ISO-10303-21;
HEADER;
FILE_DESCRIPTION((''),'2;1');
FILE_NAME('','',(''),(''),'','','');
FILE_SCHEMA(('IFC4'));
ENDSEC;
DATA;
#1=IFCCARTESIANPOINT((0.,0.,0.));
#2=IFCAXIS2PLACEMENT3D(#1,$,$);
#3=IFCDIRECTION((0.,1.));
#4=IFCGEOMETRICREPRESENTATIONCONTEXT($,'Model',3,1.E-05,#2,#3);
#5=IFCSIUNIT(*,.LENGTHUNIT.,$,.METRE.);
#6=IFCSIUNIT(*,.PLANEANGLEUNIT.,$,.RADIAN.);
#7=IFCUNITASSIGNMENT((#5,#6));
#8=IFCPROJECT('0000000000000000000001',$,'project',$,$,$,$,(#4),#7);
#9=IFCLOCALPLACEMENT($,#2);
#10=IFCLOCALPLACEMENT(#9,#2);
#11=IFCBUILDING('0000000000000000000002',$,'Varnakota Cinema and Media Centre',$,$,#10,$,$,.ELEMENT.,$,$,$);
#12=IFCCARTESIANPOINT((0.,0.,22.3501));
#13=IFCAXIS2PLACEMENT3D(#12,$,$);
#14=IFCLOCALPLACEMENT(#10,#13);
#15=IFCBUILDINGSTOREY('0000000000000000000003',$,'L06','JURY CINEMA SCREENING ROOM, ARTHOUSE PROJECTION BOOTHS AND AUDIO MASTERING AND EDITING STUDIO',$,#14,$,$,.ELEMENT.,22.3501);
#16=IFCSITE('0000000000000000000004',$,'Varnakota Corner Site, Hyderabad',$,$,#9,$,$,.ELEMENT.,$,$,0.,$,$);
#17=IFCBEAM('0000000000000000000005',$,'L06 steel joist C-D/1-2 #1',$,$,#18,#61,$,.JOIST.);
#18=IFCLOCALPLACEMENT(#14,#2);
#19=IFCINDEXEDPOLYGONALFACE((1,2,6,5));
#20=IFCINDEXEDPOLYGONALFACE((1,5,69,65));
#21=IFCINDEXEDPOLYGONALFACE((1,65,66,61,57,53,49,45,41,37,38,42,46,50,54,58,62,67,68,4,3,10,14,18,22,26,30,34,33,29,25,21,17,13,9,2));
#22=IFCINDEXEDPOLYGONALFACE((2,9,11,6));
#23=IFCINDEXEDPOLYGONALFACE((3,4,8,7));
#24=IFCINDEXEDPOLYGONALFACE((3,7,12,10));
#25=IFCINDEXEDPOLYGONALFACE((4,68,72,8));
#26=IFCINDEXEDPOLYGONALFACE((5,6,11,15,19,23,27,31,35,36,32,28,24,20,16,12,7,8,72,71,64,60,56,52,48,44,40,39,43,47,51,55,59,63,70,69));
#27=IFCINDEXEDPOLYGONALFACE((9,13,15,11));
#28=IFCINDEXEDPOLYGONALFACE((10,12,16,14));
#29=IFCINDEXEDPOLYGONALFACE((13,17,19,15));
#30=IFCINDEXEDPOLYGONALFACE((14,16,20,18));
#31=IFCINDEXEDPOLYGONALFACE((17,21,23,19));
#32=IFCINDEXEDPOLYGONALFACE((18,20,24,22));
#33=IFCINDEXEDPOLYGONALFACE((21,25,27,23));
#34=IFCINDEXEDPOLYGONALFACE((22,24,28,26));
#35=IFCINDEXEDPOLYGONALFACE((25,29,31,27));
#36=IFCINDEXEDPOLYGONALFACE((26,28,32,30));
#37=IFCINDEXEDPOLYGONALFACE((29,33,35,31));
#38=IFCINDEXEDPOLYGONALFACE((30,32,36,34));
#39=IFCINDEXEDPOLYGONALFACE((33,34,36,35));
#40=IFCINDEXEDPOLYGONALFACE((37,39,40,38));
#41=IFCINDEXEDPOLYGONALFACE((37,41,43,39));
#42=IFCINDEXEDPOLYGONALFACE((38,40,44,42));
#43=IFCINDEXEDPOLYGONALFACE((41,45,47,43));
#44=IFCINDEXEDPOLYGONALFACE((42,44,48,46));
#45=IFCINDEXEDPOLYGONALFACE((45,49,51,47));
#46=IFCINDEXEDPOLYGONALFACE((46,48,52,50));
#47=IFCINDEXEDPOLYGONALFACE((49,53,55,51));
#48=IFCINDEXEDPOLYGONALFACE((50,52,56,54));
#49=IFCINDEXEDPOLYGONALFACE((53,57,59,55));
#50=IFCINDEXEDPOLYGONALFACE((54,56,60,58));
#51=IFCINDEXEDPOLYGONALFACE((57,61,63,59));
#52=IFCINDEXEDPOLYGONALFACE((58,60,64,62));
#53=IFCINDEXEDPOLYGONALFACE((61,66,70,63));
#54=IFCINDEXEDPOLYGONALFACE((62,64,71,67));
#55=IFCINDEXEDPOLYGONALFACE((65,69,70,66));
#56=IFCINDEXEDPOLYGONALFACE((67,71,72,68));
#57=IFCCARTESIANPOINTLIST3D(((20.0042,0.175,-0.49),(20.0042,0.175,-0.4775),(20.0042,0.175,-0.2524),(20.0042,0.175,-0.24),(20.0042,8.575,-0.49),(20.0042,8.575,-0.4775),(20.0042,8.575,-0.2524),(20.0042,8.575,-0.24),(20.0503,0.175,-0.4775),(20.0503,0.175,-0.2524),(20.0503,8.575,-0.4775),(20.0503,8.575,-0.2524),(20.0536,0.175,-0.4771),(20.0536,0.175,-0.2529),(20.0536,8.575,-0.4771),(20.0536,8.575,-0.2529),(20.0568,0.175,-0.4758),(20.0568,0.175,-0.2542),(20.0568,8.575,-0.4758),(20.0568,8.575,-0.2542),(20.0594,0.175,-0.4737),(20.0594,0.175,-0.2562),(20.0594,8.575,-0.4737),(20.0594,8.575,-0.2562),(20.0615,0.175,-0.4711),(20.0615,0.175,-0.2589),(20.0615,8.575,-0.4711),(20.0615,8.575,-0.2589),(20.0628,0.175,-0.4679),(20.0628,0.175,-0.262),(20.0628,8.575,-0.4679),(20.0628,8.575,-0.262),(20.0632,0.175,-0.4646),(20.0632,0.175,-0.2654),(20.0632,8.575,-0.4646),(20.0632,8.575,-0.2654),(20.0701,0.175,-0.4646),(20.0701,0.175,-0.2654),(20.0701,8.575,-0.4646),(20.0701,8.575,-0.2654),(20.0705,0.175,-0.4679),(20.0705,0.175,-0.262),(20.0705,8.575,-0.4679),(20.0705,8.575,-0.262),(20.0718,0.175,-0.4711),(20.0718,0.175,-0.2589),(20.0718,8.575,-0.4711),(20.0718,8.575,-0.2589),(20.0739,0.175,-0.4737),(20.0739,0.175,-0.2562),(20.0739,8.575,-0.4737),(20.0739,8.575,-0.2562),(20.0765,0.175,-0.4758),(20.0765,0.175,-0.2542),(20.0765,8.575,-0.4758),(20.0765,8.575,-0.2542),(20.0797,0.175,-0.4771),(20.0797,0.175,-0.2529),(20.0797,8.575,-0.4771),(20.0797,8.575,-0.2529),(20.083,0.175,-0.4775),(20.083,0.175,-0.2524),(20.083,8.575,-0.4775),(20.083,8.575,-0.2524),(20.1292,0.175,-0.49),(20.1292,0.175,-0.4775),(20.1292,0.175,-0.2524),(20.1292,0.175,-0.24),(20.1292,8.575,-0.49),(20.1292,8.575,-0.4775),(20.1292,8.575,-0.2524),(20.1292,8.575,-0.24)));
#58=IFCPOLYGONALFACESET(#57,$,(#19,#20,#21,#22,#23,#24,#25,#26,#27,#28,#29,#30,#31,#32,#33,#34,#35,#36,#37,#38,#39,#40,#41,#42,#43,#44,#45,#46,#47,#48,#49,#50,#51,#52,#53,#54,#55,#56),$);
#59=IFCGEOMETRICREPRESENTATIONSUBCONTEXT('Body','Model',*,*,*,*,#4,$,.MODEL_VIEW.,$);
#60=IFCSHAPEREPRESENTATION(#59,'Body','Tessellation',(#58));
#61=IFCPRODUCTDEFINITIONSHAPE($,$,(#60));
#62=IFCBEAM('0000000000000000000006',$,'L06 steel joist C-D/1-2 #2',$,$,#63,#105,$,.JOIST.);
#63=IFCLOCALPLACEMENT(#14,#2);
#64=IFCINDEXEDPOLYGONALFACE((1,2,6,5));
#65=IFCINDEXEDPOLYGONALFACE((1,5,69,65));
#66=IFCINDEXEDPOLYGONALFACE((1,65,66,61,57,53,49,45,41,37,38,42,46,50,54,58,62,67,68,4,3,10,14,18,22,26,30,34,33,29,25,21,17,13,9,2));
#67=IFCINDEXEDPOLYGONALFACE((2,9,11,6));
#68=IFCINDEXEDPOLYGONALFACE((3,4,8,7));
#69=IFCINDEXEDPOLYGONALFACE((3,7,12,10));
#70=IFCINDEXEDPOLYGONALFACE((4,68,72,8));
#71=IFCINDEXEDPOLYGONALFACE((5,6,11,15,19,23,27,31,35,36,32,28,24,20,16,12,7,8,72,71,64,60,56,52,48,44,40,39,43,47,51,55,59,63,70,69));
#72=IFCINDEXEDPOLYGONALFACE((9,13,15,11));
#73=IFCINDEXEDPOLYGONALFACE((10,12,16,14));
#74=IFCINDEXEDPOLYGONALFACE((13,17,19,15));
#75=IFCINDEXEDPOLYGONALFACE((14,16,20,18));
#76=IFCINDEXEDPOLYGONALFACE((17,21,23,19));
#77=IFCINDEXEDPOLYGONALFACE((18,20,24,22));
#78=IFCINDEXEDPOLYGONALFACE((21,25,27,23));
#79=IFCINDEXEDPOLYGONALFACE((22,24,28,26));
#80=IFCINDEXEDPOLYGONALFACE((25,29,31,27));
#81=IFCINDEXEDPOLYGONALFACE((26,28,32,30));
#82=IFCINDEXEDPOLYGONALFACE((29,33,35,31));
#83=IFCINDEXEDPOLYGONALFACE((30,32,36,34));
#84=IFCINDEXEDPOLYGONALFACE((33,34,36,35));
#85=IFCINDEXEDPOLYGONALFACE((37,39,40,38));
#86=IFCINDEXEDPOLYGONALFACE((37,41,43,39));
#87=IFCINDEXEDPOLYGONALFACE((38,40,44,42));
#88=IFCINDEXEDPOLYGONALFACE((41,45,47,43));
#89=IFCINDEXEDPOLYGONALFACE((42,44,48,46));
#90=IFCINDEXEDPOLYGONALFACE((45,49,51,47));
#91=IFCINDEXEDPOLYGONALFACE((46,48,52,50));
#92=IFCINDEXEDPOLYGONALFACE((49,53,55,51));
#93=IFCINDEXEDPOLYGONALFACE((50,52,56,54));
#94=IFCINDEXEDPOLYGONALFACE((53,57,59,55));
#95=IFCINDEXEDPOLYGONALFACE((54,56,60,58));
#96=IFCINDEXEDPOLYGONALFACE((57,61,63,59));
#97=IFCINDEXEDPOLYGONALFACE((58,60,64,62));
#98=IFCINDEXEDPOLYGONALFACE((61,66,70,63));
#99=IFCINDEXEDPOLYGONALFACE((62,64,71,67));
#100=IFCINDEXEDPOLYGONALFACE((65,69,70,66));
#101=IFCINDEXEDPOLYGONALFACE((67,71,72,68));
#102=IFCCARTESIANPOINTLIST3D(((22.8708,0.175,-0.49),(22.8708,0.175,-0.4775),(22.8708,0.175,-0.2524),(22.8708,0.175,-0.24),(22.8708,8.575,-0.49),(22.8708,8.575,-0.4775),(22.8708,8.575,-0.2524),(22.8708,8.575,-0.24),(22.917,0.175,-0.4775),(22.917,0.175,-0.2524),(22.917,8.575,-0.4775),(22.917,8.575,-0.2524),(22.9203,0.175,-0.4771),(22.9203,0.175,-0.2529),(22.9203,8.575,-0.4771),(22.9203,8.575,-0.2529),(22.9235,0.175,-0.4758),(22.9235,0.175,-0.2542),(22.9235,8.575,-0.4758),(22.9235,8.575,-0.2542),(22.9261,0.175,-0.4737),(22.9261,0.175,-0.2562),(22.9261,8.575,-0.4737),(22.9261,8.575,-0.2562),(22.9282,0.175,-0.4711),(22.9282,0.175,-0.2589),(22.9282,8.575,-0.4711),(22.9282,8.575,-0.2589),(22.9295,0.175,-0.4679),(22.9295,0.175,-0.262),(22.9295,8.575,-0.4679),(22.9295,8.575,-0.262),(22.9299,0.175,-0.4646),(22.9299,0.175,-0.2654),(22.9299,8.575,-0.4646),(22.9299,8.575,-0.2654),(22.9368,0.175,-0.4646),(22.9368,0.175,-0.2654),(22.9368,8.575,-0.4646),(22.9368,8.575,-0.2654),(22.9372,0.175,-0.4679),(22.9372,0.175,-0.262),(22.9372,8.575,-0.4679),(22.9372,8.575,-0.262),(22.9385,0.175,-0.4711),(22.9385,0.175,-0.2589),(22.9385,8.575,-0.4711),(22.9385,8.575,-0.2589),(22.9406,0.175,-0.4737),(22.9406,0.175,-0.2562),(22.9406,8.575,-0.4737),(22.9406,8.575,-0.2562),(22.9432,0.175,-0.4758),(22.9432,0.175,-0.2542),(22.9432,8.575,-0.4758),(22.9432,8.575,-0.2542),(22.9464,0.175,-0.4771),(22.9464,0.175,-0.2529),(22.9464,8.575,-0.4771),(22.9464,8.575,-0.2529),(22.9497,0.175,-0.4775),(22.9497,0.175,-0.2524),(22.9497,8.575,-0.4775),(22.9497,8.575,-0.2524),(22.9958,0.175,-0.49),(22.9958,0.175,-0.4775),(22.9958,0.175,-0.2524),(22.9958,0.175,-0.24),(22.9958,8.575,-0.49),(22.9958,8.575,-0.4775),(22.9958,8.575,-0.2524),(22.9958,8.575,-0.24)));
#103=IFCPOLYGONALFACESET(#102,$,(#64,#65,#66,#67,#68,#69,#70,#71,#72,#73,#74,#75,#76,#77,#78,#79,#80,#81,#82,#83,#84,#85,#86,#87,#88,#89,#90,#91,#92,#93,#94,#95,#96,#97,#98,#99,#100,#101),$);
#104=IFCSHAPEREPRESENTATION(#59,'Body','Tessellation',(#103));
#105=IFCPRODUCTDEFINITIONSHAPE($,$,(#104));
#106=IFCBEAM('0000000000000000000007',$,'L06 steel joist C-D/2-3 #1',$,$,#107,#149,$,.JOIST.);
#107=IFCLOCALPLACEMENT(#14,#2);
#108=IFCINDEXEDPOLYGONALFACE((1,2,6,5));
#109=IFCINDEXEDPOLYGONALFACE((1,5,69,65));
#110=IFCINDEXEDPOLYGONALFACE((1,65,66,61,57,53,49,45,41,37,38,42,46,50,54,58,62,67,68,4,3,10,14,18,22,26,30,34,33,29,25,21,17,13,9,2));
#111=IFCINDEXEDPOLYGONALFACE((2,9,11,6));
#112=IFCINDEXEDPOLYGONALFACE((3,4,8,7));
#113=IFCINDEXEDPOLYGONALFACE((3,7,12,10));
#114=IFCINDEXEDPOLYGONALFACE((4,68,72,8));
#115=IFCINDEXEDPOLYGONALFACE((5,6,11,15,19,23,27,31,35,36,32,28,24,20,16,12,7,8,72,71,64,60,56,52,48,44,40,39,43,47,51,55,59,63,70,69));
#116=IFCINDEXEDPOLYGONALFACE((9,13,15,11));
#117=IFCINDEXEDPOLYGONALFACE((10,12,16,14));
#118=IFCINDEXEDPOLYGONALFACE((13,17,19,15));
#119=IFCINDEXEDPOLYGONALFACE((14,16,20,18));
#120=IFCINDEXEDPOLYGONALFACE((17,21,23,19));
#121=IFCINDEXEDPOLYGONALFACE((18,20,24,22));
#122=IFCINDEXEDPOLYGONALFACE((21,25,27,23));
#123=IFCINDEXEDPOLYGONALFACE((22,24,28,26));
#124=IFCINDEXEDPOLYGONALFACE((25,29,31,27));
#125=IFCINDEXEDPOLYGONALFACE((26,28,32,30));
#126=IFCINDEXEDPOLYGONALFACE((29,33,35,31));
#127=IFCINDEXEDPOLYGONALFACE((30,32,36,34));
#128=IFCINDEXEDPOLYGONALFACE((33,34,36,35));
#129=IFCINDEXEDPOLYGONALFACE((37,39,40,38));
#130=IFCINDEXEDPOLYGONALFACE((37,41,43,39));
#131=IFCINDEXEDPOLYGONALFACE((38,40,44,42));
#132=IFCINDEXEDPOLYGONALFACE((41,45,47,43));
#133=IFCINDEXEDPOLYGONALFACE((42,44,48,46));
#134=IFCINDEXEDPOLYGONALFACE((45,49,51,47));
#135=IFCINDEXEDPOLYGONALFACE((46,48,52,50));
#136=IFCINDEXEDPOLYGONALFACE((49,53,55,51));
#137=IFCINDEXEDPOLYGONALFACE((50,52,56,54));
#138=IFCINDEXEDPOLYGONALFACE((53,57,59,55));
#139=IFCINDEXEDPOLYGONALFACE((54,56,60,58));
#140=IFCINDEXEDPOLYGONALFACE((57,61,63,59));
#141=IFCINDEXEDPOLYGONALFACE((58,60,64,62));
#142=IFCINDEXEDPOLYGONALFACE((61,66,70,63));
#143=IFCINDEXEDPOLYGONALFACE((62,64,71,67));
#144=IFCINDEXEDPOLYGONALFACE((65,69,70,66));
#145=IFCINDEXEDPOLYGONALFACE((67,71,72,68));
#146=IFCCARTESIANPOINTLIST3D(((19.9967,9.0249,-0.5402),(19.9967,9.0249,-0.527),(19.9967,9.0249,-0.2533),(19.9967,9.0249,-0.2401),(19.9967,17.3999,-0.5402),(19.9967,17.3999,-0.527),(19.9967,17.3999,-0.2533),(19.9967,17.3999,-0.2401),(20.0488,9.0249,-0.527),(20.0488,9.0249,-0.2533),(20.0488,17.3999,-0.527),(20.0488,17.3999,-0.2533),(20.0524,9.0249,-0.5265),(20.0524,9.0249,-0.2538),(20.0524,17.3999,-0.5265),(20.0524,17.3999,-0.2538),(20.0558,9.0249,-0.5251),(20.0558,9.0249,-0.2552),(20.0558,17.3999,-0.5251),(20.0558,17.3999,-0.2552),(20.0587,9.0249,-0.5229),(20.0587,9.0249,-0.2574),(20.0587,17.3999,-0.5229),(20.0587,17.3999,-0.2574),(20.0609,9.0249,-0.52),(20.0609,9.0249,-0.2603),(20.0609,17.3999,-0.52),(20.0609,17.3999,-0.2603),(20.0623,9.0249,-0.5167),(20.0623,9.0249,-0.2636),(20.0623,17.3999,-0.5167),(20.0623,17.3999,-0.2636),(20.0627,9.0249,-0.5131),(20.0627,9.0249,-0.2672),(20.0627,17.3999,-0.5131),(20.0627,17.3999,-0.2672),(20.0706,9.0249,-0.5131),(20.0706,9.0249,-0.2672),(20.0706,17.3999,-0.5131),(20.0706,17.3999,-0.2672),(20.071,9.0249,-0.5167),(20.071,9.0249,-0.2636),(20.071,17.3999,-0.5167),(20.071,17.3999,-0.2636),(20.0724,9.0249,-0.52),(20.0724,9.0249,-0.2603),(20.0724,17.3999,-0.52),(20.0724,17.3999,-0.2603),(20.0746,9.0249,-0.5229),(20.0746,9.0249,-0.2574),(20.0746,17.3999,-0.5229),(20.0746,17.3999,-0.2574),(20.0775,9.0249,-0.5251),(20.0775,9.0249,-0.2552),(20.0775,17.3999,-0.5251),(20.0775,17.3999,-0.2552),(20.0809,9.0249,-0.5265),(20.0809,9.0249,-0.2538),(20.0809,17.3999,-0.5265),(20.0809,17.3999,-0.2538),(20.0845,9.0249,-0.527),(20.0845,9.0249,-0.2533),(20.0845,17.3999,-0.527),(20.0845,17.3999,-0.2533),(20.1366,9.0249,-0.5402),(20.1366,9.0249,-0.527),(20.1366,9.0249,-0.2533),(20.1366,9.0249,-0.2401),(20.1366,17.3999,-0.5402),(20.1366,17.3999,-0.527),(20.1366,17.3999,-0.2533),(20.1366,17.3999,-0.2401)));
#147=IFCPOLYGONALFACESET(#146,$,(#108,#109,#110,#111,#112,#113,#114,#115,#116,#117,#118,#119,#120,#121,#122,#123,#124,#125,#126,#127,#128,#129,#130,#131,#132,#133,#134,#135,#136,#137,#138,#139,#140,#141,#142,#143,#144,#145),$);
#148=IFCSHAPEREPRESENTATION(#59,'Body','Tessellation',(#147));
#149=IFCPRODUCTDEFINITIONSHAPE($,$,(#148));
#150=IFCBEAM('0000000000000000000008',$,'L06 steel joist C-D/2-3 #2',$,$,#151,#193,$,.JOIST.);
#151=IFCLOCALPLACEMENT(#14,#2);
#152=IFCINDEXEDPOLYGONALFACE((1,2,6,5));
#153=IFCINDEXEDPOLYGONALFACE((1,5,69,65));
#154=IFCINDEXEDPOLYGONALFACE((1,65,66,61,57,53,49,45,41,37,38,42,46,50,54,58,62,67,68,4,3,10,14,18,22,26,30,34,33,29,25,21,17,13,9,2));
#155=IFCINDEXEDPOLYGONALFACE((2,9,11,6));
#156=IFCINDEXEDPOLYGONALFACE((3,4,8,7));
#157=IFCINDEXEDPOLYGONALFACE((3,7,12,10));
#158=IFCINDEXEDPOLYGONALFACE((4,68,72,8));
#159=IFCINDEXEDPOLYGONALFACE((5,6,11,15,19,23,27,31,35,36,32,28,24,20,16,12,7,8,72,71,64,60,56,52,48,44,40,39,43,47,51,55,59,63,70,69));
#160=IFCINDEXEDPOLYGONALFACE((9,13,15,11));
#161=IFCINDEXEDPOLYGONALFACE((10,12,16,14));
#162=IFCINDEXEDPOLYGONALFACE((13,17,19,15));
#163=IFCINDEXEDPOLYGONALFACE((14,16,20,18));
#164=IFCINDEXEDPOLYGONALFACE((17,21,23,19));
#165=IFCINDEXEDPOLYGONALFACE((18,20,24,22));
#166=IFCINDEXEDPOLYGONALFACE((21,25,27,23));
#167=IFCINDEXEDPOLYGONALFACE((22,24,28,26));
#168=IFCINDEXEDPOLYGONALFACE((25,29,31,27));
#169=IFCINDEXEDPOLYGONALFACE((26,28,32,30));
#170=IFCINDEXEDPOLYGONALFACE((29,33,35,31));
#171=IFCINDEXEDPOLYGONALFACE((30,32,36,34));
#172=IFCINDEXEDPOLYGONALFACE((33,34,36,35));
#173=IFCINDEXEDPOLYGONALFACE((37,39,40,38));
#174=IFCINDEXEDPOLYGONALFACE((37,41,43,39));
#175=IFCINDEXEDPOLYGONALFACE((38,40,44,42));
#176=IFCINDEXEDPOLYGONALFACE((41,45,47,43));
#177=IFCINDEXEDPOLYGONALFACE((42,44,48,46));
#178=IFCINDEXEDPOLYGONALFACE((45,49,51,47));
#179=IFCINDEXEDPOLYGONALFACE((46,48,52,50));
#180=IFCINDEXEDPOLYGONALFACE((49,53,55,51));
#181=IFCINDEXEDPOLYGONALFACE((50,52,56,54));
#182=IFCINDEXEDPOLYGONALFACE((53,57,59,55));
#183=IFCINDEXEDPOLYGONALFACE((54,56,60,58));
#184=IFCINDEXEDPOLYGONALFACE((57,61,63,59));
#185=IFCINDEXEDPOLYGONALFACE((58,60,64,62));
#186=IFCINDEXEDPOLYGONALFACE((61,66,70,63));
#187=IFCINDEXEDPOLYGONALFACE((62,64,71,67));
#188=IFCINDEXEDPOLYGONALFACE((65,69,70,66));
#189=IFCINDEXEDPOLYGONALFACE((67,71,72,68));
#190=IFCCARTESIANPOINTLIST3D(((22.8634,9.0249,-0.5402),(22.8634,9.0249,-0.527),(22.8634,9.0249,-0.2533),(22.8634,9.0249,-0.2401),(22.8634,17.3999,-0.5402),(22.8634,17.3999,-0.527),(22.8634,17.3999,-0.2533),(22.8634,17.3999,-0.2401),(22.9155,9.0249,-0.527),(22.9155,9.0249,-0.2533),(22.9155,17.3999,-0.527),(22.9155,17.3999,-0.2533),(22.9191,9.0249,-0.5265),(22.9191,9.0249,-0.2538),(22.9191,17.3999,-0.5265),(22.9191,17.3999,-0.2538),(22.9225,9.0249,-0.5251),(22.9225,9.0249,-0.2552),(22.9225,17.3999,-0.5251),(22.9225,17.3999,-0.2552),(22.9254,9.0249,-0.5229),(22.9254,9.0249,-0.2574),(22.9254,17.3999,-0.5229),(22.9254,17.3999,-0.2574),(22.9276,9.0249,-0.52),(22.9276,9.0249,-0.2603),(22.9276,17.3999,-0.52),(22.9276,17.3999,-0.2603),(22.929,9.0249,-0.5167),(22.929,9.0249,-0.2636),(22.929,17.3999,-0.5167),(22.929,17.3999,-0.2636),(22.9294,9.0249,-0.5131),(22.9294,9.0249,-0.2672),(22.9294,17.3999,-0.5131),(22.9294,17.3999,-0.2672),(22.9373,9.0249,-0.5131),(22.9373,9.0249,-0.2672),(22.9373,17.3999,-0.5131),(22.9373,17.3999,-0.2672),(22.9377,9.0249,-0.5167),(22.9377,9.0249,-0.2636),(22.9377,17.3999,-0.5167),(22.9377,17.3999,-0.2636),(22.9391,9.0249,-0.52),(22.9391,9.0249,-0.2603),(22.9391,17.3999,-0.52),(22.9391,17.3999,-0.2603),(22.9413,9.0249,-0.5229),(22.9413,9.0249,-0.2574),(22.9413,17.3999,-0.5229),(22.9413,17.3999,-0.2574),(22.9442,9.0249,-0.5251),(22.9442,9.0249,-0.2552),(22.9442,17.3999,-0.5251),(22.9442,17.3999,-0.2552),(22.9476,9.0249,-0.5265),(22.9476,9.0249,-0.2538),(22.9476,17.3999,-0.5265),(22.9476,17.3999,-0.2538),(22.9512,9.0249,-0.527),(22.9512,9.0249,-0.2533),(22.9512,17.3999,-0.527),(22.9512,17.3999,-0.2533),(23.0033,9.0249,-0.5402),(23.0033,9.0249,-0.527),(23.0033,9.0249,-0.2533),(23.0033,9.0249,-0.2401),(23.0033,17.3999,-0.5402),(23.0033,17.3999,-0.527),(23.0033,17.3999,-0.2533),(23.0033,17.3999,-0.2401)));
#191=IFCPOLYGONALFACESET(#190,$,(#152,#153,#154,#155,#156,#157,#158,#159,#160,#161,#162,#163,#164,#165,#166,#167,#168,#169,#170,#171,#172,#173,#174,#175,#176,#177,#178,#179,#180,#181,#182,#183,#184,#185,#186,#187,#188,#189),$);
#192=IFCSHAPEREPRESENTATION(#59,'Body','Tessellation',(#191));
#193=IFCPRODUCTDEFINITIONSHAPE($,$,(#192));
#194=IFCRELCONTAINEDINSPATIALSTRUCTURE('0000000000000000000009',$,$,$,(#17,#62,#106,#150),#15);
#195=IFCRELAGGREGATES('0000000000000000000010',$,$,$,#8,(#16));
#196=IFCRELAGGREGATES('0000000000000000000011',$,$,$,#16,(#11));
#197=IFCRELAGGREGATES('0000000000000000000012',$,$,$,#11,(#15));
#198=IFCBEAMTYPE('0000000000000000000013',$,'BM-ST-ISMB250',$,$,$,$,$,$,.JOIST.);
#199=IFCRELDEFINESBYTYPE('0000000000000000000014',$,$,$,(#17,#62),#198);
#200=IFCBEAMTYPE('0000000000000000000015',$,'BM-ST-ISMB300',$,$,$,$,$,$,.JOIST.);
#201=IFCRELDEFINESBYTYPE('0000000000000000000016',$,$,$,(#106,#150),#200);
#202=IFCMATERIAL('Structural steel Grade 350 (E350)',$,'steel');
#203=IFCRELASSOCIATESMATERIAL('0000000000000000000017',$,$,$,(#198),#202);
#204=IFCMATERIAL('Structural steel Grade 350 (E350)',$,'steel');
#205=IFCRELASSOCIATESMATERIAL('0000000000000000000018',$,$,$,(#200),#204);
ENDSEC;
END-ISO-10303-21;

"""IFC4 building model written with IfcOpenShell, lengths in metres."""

from ifc_helpers import new_model, si_unit, direction, frame, origin, origin_2d, place, context, subcontext, project, spatial, i_section, extrude, material, material_profile, profile_set, type_object, element, save


model = new_model("IFC4")

# Units and contexts
model_context = context("Model", 3, precision=1e-05, world=origin(), true_north=direction((0.0, 1.0)))
body_context = subcontext(model_context, "Body", "Model", "MODEL_VIEW")
ifc_project = project(units=[si_unit("LENGTHUNIT", "METRE"), si_unit("PLANEANGLEUNIT", "RADIAN")], contexts=[model_context])

# Site, building, storey
site_placement = place(None, origin())
site = spatial("IfcSite", under=ifc_project, at=site_placement, Name="Varnakota Corner Site, Hyderabad", CompositionType="ELEMENT", RefElevation=0.0)
building_placement = place(site_placement, origin())
building = spatial("IfcBuilding", under=site, at=building_placement, Name="Varnakota Cinema and Media Centre", CompositionType="ELEMENT")
storey_placement = place(building_placement, frame((0.0, 0.0, 22.3501)))
storey = spatial("IfcBuildingStorey", under=building, at=storey_placement, Name="L06", Description="JURY CINEMA SCREENING ROOM, ARTHOUSE PROJECTION BOOTHS AND AUDIO MASTERING AND EDITING STUDIO", CompositionType="ELEMENT", Elevation=22.3501)

# Beams
ifc_material_1 = material(Name="Structural steel Grade 350 (E350)", Category="steel")
ifc_material_profile_1 = material_profile(ifc_material_1, i_section(OverallWidth=0.125, OverallDepth=0.25, WebThickness=0.0068, FlangeThickness=0.0125, FilletRadius=0.0129, at=origin_2d()), Name="ISMB 250")
ifc_profile_set_1 = profile_set([ifc_material_profile_1], Name="Structural steel Grade 350 (E350)")
beam_type_1 = type_object("IfcBeamType", Name="BM-ST-ISMB250", PredefinedType="JOIST", material=ifc_profile_set_1)
for number, where, z_axis, x_axis, name in (
    (1, (20.0667, 0.175, -0.365), (0.0, 1.0, 0.0), (-1.0, 0.0, 0.0), "L06 steel joist C-D/1-2 #1"),
    (2, (22.9333, 0.175, -0.365), (0.0, 1.0, 0.0), (-1.0, 0.0, 0.0), "L06 steel joist C-D/1-2 #2"),
):
    element("IfcBeam", number, at=place(storey_placement, frame(where, z_axis=z_axis, x_axis=x_axis)), inside=storey, type_object=beam_type_1, Name=name, PredefinedType="JOIST", context=body_context, shape_type="SweptSolid", body=[
        extrude(i_section(OverallWidth=0.125, OverallDepth=0.25, WebThickness=0.0068, FlangeThickness=0.0125, FilletRadius=0.0129, at=origin_2d()), origin(), (0.0, 0.0, 1.0), 8.3999),
    ])
ifc_material_2 = material(Name="Structural steel Grade 350 (E350)", Category="steel")
ifc_material_profile_2 = material_profile(ifc_material_2, i_section(OverallWidth=0.1399, OverallDepth=0.3, WebThickness=0.0078, FlangeThickness=0.0132, FilletRadius=0.0139, at=origin_2d()), Name="ISMB 300")
ifc_profile_set_2 = profile_set([ifc_material_profile_2], Name="Structural steel Grade 350 (E350)")
beam_type_2 = type_object("IfcBeamType", Name="BM-ST-ISMB300", PredefinedType="JOIST", material=ifc_profile_set_2)
for number, where, z_axis, x_axis, name in (
    (3, (20.0667, 9.0249, -0.3901), (0.0, 1.0, 0.0), (-1.0, 0.0, 0.0), "L06 steel joist C-D/2-3 #1"),
    (4, (22.9333, 9.0249, -0.3901), (0.0, 1.0, 0.0), (-1.0, 0.0, 0.0), "L06 steel joist C-D/2-3 #2"),
):
    element("IfcBeam", number, at=place(storey_placement, frame(where, z_axis=z_axis, x_axis=x_axis)), inside=storey, type_object=beam_type_2, Name=name, PredefinedType="JOIST", context=body_context, shape_type="SweptSolid", body=[
        extrude(i_section(OverallWidth=0.1399, OverallDepth=0.3, WebThickness=0.0078, FlangeThickness=0.0132, FilletRadius=0.0139, at=origin_2d()), origin(), (0.0, 0.0, 1.0), 8.375),
    ])

save(model, "model.ifc")
